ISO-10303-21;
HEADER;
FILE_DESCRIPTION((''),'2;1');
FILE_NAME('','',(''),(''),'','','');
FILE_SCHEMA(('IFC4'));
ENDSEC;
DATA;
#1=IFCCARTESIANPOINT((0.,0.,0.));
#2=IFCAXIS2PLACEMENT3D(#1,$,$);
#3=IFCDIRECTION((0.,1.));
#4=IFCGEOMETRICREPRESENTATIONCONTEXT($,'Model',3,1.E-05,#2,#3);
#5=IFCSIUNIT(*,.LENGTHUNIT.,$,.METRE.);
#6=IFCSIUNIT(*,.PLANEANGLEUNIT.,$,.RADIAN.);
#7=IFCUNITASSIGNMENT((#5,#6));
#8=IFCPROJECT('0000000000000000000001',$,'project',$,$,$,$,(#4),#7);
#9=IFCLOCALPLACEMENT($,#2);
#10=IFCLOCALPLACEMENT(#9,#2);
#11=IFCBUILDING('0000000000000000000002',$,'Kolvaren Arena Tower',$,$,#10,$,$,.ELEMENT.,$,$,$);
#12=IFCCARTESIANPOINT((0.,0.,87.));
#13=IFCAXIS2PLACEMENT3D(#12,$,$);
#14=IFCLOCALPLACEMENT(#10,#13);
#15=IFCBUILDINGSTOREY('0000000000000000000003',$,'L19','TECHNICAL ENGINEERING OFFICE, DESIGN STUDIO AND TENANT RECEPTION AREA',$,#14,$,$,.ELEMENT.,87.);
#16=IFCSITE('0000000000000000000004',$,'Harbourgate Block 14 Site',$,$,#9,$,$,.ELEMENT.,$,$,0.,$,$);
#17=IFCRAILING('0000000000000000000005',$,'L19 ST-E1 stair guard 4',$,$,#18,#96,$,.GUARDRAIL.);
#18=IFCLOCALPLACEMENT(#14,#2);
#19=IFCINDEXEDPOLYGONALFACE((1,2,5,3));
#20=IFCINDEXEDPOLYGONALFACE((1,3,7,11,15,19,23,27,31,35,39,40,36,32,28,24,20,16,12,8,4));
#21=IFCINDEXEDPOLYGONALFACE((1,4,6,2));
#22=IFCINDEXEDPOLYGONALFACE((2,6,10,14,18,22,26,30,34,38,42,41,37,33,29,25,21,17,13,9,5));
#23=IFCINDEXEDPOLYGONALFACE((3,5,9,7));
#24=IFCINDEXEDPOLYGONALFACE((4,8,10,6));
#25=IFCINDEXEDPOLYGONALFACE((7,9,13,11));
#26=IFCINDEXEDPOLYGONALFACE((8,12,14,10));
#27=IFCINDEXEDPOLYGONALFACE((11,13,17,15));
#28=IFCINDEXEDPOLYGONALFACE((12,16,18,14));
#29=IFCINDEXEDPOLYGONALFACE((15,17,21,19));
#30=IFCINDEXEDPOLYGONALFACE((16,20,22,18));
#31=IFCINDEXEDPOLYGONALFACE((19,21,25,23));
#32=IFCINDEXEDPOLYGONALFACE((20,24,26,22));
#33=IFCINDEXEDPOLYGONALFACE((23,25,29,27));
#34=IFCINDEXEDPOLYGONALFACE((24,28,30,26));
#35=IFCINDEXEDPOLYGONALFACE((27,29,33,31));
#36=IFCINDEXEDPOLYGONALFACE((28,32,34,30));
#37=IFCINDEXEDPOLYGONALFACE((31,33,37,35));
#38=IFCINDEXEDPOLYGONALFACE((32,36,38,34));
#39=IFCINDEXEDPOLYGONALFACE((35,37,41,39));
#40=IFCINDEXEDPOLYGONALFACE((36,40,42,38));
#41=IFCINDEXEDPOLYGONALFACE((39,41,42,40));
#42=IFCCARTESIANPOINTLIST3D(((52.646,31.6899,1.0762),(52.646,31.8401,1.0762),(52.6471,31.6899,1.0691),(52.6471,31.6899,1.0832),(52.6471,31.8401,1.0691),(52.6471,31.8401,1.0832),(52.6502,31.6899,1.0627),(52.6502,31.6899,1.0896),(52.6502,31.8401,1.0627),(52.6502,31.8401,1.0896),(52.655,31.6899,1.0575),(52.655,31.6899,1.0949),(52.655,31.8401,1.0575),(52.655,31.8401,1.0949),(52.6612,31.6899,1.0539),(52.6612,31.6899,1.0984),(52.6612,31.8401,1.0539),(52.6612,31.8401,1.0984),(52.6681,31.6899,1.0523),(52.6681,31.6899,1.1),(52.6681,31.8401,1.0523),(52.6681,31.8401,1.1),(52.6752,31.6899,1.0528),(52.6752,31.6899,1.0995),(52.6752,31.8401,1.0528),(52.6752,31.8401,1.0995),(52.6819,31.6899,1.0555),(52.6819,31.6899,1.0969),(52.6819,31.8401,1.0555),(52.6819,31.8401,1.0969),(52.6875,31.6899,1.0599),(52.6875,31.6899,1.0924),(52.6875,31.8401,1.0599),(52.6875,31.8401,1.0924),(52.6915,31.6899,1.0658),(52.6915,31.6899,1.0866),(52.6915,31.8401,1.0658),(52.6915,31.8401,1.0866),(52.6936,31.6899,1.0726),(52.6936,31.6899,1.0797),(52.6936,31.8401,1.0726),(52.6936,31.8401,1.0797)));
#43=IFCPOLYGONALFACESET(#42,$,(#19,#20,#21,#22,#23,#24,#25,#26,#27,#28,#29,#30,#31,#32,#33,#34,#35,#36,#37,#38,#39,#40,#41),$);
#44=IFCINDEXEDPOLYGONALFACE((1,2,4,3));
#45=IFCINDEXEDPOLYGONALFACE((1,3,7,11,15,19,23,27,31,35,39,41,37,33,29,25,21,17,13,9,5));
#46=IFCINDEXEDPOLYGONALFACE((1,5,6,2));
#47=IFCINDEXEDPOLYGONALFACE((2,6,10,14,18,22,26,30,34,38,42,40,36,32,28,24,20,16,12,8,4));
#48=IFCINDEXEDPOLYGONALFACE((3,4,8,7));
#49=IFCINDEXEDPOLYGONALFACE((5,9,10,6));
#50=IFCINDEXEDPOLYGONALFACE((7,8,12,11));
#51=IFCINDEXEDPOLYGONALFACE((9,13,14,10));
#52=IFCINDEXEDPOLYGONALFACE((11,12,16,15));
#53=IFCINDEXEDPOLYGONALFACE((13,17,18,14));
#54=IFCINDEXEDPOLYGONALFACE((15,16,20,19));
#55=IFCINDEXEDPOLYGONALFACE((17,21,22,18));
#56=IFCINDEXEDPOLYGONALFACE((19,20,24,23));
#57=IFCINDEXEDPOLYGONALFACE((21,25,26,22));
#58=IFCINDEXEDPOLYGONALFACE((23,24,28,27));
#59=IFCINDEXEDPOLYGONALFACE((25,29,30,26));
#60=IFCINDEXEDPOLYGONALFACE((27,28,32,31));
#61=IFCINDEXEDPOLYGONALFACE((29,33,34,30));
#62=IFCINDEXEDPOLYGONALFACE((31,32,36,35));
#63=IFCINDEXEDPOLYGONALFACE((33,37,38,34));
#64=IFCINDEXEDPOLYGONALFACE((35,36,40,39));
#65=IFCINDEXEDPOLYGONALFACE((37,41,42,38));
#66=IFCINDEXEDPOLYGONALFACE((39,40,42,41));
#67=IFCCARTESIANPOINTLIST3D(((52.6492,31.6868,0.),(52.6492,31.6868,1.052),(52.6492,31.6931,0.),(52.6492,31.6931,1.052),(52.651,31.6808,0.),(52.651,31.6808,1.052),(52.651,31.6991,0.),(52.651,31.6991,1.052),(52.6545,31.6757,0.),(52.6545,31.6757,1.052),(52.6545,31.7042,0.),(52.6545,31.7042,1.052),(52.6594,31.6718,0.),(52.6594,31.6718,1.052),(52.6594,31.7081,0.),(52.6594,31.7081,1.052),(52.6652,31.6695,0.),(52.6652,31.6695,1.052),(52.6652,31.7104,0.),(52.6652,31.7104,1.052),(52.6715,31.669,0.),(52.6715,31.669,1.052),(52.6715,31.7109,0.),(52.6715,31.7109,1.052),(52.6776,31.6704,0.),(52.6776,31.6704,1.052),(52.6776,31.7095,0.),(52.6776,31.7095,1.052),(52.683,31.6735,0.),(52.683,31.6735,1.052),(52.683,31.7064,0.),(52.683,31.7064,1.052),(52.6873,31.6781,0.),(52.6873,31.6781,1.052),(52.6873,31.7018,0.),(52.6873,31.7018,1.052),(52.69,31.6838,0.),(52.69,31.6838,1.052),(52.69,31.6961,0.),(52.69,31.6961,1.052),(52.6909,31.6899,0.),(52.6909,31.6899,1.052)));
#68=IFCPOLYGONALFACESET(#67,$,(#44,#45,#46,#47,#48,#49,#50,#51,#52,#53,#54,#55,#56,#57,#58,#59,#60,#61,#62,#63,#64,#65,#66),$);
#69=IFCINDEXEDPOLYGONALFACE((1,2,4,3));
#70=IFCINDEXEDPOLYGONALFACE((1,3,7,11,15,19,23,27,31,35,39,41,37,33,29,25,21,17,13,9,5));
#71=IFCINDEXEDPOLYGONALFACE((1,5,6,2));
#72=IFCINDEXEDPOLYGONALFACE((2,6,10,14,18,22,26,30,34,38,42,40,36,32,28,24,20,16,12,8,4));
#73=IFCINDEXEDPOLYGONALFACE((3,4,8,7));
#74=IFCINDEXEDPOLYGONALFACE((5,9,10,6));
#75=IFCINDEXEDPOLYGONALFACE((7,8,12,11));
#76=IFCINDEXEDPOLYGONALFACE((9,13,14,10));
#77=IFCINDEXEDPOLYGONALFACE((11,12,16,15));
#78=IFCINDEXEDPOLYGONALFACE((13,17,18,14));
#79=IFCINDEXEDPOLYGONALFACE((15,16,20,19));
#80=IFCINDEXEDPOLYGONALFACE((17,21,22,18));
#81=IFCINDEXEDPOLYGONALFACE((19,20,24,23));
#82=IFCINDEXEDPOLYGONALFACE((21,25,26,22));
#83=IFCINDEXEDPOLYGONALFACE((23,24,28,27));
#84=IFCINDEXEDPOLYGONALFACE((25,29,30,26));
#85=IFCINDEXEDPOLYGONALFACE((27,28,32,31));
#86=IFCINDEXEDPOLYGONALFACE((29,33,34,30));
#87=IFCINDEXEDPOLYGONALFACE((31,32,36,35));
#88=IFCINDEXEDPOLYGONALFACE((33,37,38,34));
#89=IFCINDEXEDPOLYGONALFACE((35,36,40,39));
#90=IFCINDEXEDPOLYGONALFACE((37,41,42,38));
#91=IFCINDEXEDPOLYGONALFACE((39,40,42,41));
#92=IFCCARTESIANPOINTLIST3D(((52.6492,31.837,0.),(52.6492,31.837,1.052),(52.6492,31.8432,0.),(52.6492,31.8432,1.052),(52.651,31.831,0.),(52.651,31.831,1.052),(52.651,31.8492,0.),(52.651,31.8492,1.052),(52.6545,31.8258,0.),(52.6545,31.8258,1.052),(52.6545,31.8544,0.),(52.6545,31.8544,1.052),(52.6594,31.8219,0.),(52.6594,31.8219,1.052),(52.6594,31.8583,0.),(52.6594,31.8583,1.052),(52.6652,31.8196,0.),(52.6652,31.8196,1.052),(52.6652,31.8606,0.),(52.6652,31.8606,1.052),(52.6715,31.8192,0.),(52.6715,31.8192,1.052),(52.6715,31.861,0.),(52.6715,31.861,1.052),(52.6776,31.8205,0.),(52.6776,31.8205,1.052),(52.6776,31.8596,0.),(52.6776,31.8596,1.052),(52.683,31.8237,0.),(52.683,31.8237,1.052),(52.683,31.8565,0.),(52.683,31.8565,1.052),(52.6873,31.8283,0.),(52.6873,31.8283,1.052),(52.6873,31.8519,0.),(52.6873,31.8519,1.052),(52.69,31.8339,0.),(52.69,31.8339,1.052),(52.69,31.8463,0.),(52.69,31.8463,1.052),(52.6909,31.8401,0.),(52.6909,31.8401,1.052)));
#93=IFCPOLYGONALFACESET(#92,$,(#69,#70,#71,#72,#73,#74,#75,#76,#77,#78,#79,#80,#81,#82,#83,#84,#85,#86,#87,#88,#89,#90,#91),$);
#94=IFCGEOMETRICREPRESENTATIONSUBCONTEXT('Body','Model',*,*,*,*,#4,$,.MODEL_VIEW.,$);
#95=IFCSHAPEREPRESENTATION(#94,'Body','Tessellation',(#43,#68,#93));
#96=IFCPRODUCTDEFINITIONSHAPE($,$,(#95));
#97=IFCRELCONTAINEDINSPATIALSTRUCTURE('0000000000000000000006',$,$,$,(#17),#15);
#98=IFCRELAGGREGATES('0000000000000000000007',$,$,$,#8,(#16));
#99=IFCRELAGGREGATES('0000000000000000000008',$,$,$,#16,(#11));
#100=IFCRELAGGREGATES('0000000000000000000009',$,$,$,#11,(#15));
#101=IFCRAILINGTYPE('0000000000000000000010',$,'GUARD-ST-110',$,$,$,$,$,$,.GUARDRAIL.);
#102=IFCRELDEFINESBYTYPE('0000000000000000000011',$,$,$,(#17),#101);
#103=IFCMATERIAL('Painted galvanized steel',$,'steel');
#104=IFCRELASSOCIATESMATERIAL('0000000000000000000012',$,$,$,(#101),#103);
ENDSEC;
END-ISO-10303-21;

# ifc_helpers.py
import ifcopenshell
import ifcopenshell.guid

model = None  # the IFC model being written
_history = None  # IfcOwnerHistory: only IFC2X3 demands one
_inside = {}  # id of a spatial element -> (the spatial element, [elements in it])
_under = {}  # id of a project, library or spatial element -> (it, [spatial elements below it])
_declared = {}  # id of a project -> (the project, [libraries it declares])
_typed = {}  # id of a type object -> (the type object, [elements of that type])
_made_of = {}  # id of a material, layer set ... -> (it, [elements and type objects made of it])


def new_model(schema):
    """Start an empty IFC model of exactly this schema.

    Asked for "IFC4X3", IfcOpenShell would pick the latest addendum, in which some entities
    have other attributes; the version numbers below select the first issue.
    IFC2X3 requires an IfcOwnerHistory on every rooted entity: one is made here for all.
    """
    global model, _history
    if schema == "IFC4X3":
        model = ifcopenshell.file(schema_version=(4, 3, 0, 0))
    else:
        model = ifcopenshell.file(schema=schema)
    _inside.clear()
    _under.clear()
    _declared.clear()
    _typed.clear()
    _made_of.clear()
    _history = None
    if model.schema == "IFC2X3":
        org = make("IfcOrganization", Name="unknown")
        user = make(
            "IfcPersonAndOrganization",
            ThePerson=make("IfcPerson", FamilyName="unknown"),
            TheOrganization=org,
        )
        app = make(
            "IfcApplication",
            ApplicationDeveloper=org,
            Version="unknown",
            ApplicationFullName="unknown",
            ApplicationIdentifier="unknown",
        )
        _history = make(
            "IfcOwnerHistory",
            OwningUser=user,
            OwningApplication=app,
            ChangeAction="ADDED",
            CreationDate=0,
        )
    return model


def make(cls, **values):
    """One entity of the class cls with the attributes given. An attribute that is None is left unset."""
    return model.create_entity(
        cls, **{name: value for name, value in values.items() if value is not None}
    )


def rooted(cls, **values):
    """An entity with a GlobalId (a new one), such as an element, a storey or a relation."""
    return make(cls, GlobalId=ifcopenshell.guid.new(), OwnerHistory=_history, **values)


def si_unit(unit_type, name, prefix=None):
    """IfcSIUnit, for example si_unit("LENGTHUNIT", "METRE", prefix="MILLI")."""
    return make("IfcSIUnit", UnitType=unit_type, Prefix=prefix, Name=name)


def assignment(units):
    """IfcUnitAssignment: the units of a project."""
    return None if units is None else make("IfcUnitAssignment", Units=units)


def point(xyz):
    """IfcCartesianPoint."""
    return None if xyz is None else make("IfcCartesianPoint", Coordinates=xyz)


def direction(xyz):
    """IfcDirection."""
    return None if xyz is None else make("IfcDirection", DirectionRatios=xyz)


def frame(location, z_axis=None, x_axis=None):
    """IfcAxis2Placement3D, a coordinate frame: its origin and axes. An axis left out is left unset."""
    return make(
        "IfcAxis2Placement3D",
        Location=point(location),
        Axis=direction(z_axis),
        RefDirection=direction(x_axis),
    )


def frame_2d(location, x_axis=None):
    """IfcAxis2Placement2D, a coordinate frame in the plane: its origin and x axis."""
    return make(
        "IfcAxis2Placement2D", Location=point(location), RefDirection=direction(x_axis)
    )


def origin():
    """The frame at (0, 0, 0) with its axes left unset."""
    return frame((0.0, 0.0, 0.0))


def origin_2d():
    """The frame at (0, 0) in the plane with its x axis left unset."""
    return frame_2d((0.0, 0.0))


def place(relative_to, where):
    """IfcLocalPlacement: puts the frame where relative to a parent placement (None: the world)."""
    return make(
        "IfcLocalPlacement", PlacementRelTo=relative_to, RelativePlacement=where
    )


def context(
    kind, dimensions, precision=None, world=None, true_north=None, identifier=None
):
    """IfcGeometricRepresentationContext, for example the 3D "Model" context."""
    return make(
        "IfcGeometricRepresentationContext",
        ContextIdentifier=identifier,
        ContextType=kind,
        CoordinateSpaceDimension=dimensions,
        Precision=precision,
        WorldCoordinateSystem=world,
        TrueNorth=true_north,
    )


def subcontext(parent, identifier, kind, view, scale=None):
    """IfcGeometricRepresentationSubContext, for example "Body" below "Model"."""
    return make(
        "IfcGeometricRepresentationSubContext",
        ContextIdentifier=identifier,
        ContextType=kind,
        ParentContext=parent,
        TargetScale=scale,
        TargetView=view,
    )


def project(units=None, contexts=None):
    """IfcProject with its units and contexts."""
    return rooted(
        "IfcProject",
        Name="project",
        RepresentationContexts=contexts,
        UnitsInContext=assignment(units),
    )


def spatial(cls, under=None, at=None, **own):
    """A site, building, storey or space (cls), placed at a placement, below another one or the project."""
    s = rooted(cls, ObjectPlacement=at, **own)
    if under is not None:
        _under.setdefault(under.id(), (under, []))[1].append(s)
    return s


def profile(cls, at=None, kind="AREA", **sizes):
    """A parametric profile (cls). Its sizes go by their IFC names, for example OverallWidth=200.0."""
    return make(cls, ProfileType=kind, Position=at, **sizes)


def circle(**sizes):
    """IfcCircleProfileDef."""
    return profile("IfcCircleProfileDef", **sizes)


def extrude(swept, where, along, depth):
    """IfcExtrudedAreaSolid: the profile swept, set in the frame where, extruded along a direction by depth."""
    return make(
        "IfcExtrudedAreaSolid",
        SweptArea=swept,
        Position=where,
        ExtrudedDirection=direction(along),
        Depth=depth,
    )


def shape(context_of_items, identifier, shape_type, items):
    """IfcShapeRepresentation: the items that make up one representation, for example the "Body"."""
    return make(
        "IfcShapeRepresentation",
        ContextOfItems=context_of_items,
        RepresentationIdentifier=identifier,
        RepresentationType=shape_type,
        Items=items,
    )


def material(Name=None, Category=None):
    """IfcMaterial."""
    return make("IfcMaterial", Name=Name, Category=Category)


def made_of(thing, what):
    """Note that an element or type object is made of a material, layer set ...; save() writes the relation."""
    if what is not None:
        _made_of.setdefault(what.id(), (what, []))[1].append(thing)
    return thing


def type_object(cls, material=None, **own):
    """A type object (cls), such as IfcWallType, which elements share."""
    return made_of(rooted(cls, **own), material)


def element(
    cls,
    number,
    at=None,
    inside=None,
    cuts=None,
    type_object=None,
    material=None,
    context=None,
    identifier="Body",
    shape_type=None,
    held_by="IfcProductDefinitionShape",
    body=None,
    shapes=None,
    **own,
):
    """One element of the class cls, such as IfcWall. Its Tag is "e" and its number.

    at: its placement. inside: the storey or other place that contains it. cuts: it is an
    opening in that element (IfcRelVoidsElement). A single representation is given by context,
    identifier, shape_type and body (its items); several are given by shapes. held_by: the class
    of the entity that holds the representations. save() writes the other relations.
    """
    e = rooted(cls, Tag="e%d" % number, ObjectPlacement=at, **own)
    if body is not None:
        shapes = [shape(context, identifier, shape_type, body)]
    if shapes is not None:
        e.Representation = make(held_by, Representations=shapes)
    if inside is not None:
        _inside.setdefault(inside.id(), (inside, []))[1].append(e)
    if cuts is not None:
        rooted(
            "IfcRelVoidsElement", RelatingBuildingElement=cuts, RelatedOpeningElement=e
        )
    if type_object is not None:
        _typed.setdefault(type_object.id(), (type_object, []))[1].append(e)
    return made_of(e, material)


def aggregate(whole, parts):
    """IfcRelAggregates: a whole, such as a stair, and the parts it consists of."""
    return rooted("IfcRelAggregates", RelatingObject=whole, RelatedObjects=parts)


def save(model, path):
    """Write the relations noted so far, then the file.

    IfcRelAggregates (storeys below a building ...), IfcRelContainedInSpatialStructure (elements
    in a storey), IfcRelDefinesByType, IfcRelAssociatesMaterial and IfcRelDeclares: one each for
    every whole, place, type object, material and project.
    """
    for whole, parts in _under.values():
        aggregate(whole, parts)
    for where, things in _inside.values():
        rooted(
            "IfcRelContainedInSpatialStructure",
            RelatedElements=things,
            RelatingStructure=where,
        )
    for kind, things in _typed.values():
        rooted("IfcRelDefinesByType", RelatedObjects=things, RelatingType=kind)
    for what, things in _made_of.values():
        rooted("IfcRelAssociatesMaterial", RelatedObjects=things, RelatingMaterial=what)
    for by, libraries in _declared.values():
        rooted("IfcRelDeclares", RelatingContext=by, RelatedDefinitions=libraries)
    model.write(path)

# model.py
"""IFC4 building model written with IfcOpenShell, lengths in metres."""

from ifc_helpers import new_model, si_unit, direction, frame, origin, origin_2d, place, context, subcontext, project, spatial, circle, extrude, material, type_object, element, save


model = new_model("IFC4")

# Units and contexts
model_context = context("Model", 3, precision=1e-05, world=origin(), true_north=direction((0.0, 1.0)))
body_context = subcontext(model_context, "Body", "Model", "MODEL_VIEW")
ifc_project = project(units=[si_unit("LENGTHUNIT", "METRE"), si_unit("PLANEANGLEUNIT", "RADIAN")], contexts=[model_context])

# Site, building, storey
site_placement = place(None, origin())
site = spatial("IfcSite", under=ifc_project, at=site_placement, Name="Harbourgate Block 14 Site", CompositionType="ELEMENT", RefElevation=0.0)
building_placement = place(site_placement, origin())
building = spatial("IfcBuilding", under=site, at=building_placement, Name="Kolvaren Arena Tower", CompositionType="ELEMENT")
storey_placement = place(building_placement, frame((0.0, 0.0, 87.0)))
storey = spatial("IfcBuildingStorey", under=building, at=storey_placement, Name="L19", Description="TECHNICAL ENGINEERING OFFICE, DESIGN STUDIO AND TENANT RECEPTION AREA", CompositionType="ELEMENT", Elevation=87.0)

# Railing
ifc_material_1 = material(Name="Painted galvanized steel", Category="steel")
railing_type_1 = type_object("IfcRailingType", Name="GUARD-ST-110", PredefinedType="GUARDRAIL", material=ifc_material_1)
railing_1_placement = place(storey_placement, frame((52.6699, 31.6899, 0.0)))
element("IfcRailing", 1, at=railing_1_placement, inside=storey, type_object=railing_type_1, Name="L19 ST-E1 stair guard 4", PredefinedType="GUARDRAIL", context=body_context, shape_type="SweptSolid", body=[
    extrude(circle(Radius=0.0239, at=origin_2d()), frame((0.0, 0.0, 1.0762), z_axis=(0.0, 1.0, 0.0), x_axis=(-1.0, 0.0, 0.0)), (0.0, 0.0, 1.0), 0.1501),
    extrude(circle(Radius=0.021, at=origin_2d()), origin(), (0.0, 0.0, 1.0), 1.052),
    extrude(circle(Radius=0.021, at=origin_2d()), frame((0.0, 0.1501, 0.0)), (0.0, 0.0, 1.0), 1.052),
])

save(model, "model.ifc")
